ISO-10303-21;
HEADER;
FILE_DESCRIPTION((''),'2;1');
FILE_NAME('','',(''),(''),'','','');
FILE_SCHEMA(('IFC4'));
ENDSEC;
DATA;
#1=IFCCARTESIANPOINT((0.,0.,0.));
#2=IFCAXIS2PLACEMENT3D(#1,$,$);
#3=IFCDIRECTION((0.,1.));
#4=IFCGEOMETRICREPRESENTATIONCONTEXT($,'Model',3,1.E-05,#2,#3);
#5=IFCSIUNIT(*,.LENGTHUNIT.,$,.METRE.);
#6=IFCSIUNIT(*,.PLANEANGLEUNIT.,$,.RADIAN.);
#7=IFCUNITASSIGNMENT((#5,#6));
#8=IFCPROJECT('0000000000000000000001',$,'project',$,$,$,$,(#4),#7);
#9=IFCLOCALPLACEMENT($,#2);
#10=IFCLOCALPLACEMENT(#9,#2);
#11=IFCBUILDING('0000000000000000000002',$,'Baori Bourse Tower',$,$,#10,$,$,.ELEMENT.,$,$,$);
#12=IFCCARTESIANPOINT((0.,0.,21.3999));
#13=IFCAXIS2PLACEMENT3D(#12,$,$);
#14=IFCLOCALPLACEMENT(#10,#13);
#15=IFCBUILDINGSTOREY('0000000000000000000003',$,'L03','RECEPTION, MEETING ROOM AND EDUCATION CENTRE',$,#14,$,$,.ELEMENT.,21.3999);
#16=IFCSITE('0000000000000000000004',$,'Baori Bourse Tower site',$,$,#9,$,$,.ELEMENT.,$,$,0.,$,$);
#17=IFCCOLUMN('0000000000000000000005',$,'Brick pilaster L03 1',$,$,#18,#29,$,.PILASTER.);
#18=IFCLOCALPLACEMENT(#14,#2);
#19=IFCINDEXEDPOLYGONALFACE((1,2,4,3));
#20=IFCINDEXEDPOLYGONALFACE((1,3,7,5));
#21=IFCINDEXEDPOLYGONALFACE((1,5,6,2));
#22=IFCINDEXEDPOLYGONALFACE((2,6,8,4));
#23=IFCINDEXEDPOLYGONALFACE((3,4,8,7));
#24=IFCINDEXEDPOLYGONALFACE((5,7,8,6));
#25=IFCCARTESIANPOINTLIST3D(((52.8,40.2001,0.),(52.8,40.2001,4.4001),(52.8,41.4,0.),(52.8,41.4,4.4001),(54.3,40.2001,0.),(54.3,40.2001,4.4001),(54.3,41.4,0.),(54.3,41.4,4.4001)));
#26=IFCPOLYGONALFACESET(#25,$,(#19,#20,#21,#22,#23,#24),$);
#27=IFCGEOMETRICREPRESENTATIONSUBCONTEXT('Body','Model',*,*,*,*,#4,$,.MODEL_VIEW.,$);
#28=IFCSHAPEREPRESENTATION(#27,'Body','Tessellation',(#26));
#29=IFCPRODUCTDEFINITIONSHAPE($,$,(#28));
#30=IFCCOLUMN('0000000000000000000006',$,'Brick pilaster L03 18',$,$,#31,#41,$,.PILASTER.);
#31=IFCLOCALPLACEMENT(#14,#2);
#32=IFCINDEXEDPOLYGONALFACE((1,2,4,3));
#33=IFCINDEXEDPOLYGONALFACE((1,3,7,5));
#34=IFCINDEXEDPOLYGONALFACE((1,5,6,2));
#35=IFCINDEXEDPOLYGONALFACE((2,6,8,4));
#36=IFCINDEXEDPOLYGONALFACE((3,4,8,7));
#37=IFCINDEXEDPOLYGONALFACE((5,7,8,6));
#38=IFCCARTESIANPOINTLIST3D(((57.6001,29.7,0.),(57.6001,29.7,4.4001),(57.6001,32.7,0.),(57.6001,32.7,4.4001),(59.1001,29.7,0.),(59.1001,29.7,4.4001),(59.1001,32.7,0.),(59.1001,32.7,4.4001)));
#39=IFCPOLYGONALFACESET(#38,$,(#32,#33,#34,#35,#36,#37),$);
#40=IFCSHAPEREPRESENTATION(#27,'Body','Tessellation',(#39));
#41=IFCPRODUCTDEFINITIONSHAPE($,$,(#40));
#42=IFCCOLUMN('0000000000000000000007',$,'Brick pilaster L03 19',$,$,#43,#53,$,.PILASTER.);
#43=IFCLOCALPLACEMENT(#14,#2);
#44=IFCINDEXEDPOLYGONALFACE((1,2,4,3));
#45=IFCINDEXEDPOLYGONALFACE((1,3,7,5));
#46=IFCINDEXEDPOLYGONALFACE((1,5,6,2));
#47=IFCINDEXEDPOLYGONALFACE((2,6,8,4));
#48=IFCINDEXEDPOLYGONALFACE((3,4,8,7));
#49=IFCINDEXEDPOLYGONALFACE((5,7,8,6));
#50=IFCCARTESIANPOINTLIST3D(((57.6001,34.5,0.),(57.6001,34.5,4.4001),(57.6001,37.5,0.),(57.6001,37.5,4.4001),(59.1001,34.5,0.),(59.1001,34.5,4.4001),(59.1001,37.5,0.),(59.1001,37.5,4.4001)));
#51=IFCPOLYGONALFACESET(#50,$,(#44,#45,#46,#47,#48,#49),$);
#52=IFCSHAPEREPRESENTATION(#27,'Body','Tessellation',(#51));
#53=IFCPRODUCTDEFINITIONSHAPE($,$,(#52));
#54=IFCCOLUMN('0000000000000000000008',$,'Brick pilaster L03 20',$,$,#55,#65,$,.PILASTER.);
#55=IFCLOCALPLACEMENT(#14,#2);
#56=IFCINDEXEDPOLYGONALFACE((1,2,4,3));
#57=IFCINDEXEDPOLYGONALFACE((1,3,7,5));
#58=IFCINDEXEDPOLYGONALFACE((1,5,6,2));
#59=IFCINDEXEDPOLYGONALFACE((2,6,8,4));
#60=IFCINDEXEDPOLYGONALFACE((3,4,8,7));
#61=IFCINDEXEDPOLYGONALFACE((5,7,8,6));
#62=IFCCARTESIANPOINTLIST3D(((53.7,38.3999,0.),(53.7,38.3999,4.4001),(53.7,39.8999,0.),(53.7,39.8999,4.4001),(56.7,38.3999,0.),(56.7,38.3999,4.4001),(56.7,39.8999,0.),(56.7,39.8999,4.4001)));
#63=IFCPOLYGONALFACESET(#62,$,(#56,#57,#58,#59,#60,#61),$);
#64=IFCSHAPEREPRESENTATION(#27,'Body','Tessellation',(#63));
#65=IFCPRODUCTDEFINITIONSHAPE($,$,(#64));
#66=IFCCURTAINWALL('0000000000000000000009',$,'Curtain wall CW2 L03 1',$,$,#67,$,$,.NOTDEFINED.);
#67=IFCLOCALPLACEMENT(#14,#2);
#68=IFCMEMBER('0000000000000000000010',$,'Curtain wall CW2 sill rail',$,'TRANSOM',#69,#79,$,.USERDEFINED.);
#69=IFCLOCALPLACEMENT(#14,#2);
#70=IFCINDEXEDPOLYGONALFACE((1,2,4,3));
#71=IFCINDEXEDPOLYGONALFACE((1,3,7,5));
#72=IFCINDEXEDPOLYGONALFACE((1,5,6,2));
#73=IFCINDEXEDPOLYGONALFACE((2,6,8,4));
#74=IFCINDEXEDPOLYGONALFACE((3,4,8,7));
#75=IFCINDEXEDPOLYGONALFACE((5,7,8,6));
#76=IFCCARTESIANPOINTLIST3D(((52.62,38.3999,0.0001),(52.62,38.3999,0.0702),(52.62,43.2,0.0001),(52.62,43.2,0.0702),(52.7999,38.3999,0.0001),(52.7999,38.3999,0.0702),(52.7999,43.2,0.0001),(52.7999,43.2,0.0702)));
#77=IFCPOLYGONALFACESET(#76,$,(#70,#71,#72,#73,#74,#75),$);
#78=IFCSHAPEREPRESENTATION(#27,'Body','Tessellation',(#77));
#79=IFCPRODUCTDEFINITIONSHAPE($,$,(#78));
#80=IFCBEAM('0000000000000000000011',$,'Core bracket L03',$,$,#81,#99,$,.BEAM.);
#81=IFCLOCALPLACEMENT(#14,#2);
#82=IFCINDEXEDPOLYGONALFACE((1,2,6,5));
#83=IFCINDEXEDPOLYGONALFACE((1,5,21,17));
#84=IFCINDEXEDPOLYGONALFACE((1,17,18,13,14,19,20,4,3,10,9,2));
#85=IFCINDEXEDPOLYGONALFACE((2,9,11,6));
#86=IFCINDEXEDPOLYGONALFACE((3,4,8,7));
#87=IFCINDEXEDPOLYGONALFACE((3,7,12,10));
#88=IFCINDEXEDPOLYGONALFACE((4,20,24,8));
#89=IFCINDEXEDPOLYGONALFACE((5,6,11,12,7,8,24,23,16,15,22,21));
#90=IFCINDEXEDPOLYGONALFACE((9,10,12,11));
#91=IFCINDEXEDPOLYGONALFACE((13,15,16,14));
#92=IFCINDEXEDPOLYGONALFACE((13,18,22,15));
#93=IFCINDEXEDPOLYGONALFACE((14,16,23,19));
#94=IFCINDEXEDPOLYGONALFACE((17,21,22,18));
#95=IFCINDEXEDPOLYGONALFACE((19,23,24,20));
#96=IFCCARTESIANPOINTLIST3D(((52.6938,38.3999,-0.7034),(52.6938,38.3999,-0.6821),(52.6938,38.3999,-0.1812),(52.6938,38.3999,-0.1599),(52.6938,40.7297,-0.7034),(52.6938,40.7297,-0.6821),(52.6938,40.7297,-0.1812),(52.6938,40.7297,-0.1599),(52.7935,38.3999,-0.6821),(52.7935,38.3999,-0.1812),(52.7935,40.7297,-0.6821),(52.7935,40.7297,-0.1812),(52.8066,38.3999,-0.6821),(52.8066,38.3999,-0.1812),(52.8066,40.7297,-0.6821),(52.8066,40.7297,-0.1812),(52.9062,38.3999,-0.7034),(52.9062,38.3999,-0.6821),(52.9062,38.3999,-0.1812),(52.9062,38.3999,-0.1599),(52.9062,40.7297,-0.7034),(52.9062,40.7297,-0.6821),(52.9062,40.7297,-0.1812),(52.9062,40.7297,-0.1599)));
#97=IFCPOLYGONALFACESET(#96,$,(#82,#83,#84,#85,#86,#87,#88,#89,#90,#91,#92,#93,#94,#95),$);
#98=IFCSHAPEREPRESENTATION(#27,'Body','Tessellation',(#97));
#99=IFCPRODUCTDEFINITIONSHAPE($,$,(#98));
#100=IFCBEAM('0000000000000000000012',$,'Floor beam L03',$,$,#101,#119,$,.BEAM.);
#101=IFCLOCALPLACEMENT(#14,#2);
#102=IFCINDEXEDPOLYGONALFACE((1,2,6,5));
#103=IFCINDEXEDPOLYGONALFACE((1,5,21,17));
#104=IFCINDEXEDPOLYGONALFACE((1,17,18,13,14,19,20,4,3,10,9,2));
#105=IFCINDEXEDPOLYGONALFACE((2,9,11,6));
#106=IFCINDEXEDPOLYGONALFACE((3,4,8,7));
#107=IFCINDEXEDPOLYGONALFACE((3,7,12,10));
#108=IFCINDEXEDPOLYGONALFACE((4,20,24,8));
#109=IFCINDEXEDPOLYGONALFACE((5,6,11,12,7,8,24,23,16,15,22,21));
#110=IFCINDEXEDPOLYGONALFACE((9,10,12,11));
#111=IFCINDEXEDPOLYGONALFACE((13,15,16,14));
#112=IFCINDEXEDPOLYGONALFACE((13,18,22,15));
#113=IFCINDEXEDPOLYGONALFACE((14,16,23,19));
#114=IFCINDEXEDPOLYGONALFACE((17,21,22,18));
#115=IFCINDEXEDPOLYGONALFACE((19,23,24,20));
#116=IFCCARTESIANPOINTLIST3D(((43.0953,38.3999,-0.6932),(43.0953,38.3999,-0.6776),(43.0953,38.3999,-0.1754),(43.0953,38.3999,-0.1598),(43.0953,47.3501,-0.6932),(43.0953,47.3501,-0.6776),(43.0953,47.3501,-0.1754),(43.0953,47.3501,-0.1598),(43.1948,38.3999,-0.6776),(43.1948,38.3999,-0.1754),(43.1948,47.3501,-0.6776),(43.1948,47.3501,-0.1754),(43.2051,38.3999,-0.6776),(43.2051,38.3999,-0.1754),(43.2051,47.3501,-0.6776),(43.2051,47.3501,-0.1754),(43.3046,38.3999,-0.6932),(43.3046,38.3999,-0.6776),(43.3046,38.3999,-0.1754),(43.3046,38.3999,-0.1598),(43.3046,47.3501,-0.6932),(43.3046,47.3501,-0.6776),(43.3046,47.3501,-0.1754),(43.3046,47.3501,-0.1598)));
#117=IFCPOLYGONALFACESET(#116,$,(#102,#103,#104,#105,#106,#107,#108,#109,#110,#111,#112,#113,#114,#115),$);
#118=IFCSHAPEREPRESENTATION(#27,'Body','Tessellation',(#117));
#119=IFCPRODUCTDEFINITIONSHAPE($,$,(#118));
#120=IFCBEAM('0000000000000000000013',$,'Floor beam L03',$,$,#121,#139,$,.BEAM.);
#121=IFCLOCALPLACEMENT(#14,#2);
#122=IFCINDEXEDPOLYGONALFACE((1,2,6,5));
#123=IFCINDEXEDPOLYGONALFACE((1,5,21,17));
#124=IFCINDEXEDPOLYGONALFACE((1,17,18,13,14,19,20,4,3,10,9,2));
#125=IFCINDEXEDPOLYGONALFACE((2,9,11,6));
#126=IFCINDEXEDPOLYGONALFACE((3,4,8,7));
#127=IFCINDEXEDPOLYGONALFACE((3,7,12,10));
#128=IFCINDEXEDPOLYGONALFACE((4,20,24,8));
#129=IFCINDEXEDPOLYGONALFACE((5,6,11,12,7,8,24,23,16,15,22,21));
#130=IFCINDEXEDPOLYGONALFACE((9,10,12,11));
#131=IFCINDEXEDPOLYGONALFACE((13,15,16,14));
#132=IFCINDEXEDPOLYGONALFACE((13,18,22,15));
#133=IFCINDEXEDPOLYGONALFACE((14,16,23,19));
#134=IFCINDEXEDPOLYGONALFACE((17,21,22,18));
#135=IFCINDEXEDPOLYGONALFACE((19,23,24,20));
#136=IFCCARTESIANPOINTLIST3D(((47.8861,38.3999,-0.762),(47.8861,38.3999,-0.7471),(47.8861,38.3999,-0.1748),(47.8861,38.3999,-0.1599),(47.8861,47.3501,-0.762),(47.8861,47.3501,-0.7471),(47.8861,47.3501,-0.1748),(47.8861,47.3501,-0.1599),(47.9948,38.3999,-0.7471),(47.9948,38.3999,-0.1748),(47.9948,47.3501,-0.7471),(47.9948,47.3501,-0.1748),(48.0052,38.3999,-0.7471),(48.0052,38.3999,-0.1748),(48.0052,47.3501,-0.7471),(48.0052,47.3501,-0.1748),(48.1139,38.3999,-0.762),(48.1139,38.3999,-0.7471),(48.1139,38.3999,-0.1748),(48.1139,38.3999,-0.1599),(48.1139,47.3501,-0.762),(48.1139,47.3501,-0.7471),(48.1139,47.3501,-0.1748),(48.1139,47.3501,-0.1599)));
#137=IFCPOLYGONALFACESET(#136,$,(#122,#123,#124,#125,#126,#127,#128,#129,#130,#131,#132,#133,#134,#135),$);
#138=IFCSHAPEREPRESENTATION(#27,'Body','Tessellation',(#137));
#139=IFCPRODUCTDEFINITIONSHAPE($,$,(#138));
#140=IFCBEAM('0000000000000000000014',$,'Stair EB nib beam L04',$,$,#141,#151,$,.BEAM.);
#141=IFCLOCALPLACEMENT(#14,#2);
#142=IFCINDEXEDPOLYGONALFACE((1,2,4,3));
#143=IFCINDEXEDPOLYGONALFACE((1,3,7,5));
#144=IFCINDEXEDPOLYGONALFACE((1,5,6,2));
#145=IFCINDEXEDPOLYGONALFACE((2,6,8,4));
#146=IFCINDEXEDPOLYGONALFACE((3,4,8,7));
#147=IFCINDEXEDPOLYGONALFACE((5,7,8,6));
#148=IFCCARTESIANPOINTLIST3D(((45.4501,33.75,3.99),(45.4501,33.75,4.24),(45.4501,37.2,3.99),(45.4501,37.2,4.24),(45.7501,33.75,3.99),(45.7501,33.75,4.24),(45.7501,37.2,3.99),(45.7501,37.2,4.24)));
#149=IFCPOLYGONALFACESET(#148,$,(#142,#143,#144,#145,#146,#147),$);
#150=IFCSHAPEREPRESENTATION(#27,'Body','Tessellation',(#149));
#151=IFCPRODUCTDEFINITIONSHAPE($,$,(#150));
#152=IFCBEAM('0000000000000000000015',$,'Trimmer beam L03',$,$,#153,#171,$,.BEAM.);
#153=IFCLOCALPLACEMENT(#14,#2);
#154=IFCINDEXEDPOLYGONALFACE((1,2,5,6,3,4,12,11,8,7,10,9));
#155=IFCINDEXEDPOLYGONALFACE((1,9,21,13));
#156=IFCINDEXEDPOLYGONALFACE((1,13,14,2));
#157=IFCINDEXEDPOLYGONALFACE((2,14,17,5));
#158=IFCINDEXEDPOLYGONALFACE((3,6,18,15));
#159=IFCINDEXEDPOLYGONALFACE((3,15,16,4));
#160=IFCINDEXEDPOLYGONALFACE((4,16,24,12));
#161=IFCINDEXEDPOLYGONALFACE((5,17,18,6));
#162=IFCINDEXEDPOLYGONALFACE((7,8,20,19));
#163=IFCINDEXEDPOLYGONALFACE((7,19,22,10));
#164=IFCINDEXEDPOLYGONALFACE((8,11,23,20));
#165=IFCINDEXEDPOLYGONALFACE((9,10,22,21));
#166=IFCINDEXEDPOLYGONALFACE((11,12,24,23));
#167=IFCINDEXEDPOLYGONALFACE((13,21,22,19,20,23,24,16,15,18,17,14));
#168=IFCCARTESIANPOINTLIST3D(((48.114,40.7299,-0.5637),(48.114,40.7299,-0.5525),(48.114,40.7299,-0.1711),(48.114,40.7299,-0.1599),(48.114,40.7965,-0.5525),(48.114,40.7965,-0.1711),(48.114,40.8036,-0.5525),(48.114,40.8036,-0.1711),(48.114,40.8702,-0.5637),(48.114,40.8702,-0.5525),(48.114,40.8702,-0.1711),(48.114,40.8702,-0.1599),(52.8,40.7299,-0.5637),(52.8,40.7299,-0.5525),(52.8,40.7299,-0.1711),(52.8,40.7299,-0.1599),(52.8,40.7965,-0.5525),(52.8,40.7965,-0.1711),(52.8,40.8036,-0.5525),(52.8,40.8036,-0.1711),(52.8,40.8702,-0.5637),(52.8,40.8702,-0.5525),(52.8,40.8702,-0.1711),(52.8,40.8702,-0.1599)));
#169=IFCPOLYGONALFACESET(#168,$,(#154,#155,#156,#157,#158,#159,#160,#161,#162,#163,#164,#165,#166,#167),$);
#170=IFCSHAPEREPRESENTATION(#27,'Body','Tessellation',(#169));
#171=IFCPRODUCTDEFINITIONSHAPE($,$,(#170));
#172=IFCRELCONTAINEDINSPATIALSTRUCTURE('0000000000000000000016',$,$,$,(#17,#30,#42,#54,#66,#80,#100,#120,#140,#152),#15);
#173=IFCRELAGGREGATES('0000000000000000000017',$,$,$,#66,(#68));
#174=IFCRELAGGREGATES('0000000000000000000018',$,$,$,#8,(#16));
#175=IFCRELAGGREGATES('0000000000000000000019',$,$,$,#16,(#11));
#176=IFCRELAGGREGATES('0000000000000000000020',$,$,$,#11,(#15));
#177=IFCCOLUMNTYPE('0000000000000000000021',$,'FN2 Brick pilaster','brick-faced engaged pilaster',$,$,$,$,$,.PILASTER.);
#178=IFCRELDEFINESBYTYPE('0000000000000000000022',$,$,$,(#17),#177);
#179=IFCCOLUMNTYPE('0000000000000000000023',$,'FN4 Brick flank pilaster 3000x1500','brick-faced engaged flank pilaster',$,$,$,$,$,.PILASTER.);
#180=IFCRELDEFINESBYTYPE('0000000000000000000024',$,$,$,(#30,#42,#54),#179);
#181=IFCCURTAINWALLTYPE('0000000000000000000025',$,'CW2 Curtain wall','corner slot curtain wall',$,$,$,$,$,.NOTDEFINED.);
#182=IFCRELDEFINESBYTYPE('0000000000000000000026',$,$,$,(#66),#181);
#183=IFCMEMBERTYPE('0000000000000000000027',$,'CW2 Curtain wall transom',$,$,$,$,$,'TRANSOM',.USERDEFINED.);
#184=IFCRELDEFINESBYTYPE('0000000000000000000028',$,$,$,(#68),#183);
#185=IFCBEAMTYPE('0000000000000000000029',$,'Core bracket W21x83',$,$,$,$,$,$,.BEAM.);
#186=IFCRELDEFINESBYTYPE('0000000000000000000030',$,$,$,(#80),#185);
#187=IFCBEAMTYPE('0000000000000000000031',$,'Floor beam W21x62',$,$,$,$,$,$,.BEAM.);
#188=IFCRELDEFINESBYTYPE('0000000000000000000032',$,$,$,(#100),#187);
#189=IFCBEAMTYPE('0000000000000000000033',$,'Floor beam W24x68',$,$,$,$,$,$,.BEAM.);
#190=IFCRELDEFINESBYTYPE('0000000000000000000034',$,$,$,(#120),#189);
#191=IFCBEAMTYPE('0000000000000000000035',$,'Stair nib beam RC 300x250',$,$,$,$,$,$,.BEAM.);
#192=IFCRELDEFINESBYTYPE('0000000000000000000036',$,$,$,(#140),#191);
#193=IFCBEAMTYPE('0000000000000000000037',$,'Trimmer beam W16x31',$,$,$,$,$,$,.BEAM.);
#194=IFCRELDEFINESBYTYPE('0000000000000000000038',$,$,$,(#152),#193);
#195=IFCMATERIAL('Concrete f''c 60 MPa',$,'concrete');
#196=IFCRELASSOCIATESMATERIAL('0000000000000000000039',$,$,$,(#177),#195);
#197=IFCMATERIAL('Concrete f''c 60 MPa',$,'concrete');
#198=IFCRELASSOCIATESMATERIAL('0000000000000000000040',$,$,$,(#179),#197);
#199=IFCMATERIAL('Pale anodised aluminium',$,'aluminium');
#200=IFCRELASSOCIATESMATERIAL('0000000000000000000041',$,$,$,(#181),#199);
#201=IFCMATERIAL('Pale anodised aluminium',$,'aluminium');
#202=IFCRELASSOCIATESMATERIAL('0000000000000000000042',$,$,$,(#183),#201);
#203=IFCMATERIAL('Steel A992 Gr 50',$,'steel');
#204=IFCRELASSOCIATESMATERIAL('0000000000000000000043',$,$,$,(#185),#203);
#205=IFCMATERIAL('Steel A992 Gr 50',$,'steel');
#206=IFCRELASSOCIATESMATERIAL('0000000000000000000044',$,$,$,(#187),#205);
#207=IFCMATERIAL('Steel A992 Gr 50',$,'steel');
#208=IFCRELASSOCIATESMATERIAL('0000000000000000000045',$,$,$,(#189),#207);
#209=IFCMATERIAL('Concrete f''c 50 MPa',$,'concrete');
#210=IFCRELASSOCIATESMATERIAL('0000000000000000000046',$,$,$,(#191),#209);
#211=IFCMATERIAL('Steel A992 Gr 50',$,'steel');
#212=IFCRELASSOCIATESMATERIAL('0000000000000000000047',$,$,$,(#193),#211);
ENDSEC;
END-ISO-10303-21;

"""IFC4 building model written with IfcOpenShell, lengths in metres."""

from ifc_helpers import new_model, si_unit, direction, frame, origin, origin_2d, place, context, subcontext, project, spatial, rectangle, i_section, extrude, material, material_profile, profile_set, type_object, element, aggregate, save


model = new_model("IFC4")

# Units and contexts
model_context = context("Model", 3, precision=1e-05, world=origin(), true_north=direction((0.0, 1.0)))
body_context = subcontext(model_context, "Body", "Model", "MODEL_VIEW")
ifc_project = project(units=[si_unit("LENGTHUNIT", "METRE"), si_unit("PLANEANGLEUNIT", "RADIAN")], contexts=[model_context])

# Site, building, storey
site_placement = place(None, origin())
site = spatial("IfcSite", under=ifc_project, at=site_placement, Name="Baori Bourse Tower site", CompositionType="ELEMENT", RefElevation=0.0)
building_placement = place(site_placement, origin())
building = spatial("IfcBuilding", under=site, at=building_placement, Name="Baori Bourse Tower", CompositionType="ELEMENT")
storey_placement = place(building_placement, frame((0.0, 0.0, 21.3999)))
storey = spatial("IfcBuildingStorey", under=building, at=storey_placement, Name="L03", Description="RECEPTION, MEETING ROOM AND EDUCATION CENTRE", CompositionType="ELEMENT", Elevation=21.3999)

# Columns
ifc_material_1 = material(Name="Concrete f'c 60 MPa", Category="concrete")
ifc_material_profile_1 = material_profile(ifc_material_1, rectangle(XDim=1.2, YDim=1.5, at=origin_2d()), Name="RC 1200x1500")
ifc_profile_set_1 = profile_set([ifc_material_profile_1], Name="Concrete f'c 60 MPa")
column_type_1 = type_object("IfcColumnType", Name="FN2 Brick pilaster", Description="brick-faced engaged pilaster", PredefinedType="PILASTER", material=ifc_profile_set_1)
column_placement = place(storey_placement, frame((53.55, 40.8, 0.0), z_axis=(0.0, 0.0, 1.0), x_axis=(0.0, 1.0, 0.0)))
element("IfcColumn", 1, at=column_placement, inside=storey, type_object=column_type_1, Name="Brick pilaster L03 1", PredefinedType="PILASTER", context=body_context, shape_type="SweptSolid", body=[
    extrude(rectangle(XDim=1.2, YDim=1.5, at=origin_2d()), origin(), (0.0, 0.0, 1.0), 4.4001),
])
ifc_material_2 = material(Name="Concrete f'c 60 MPa", Category="concrete")
ifc_material_profile_2 = material_profile(ifc_material_2, rectangle(XDim=3.0, YDim=1.5, at=origin_2d()), Name="RC 3000x1500")
ifc_profile_set_2 = profile_set([ifc_material_profile_2], Name="Concrete f'c 60 MPa")
column_type_2 = type_object("IfcColumnType", Name="FN4 Brick flank pilaster 3000x1500", Description="brick-faced engaged flank pilaster", PredefinedType="PILASTER", material=ifc_profile_set_2)
for number, where, z_axis, x_axis, name in (
    (2, (58.3501, 31.2, 0.0), (0.0, 0.0, 1.0), (0.0, 1.0, 0.0), "Brick pilaster L03 18"),
    (3, (58.3501, 36.0, 0.0), (0.0, 0.0, 1.0), (0.0, 1.0, 0.0), "Brick pilaster L03 19"),
    (4, (55.2, 39.1499, 0.0), (0.0, 0.0, 1.0), (1.0, 0.0, 0.0), "Brick pilaster L03 20"),
):
    element("IfcColumn", number, at=place(storey_placement, frame(where, z_axis=z_axis, x_axis=x_axis)), inside=storey, type_object=column_type_2, Name=name, PredefinedType="PILASTER", context=body_context, shape_type="SweptSolid", body=[
        extrude(rectangle(XDim=3.0, YDim=1.5, at=origin_2d()), origin(), (0.0, 0.0, 1.0), 4.4001),
    ])

# Curtain wall, member
ifc_material_3 = material(Name="Pale anodised aluminium", Category="aluminium")
curtain_wall_type = type_object("IfcCurtainWallType", Name="CW2 Curtain wall", Description="corner slot curtain wall", PredefinedType="NOTDEFINED", material=ifc_material_3)
curtain_wall_placement = place(storey_placement, origin())
curtain_wall = element("IfcCurtainWall", 5, at=curtain_wall_placement, inside=storey, type_object=curtain_wall_type, Name="Curtain wall CW2 L03 1", PredefinedType="NOTDEFINED")
ifc_material_4 = material(Name="Pale anodised aluminium", Category="aluminium")
ifc_material_profile_3 = material_profile(ifc_material_4, rectangle(XDim=0.1799, YDim=0.0701, at=origin_2d()), Name="Transom 70x180")
ifc_profile_set_3 = profile_set([ifc_material_profile_3], Name="Pale anodised aluminium")
member_type = type_object("IfcMemberType", Name="CW2 Curtain wall transom", ElementType="TRANSOM", PredefinedType="USERDEFINED", material=ifc_profile_set_3)
member_placement = place(storey_placement, frame((52.71, 38.3999, 0.0352), z_axis=(0.0, 1.0, 0.0), x_axis=(-1.0, 0.0, 0.0)))
member = element("IfcMember", 6, at=member_placement, type_object=member_type, Name="Curtain wall CW2 sill rail", ObjectType="TRANSOM", PredefinedType="USERDEFINED", context=body_context, shape_type="SweptSolid", body=[
    extrude(rectangle(XDim=0.1799, YDim=0.0701, at=origin_2d()), origin(), (0.0, 0.0, 1.0), 4.8),
])

# Beams
ifc_material_5 = material(Name="Steel A992 Gr 50", Category="steel")
ifc_material_profile_4 = material_profile(ifc_material_5, i_section(OverallWidth=0.2124, OverallDepth=0.5435, WebThickness=0.0132, FlangeThickness=0.0212, at=origin_2d()), Name="W21x83")
ifc_profile_set_4 = profile_set([ifc_material_profile_4], Name="Steel A992 Gr 50")
beam_type_1 = type_object("IfcBeamType", Name="Core bracket W21x83", PredefinedType="BEAM", material=ifc_profile_set_4)
beam_1_placement = place(storey_placement, frame((52.8, 38.3999, -0.4316), z_axis=(0.0, 1.0, 0.0), x_axis=(-1.0, 0.0, 0.0)))
element("IfcBeam", 7, at=beam_1_placement, inside=storey, type_object=beam_type_1, Name="Core bracket L03", PredefinedType="BEAM", context=body_context, shape_type="SweptSolid", body=[
    extrude(i_section(OverallWidth=0.2124, OverallDepth=0.5435, WebThickness=0.0132, FlangeThickness=0.0212, at=origin_2d()), origin(), (0.0, 0.0, 1.0), 2.3298),
])
ifc_material_6 = material(Name="Steel A992 Gr 50", Category="steel")
ifc_material_profile_5 = material_profile(ifc_material_6, i_section(OverallWidth=0.2092, OverallDepth=0.5334, WebThickness=0.0103, FlangeThickness=0.0156, at=origin_2d()), Name="W21x62")
ifc_profile_set_5 = profile_set([ifc_material_profile_5], Name="Steel A992 Gr 50")
beam_type_2 = type_object("IfcBeamType", Name="Floor beam W21x62", PredefinedType="BEAM", material=ifc_profile_set_5)
beam_2_placement = place(storey_placement, frame((43.2, 38.3999, -0.4265), z_axis=(0.0, 1.0, 0.0), x_axis=(-1.0, 0.0, 0.0)))
element("IfcBeam", 8, at=beam_2_placement, inside=storey, type_object=beam_type_2, Name="Floor beam L03", PredefinedType="BEAM", context=body_context, shape_type="SweptSolid", body=[
    extrude(i_section(OverallWidth=0.2092, OverallDepth=0.5334, WebThickness=0.0103, FlangeThickness=0.0156, at=origin_2d()), origin(), (0.0, 0.0, 1.0), 8.9502),
])
ifc_material_7 = material(Name="Steel A992 Gr 50", Category="steel")
ifc_material_profile_6 = material_profile(ifc_material_7, i_section(OverallWidth=0.2278, OverallDepth=0.6021, WebThickness=0.0105, FlangeThickness=0.0149, at=origin_2d()), Name="W24x68")
ifc_profile_set_6 = profile_set([ifc_material_profile_6], Name="Steel A992 Gr 50")
beam_type_3 = type_object("IfcBeamType", Name="Floor beam W24x68", PredefinedType="BEAM", material=ifc_profile_set_6)
beam_3_placement = place(storey_placement, frame((48.0, 38.3999, -0.4609), z_axis=(0.0, 1.0, 0.0), x_axis=(-1.0, 0.0, 0.0)))
element("IfcBeam", 9, at=beam_3_placement, inside=storey, type_object=beam_type_3, Name="Floor beam L03", PredefinedType="BEAM", context=body_context, shape_type="SweptSolid", body=[
    extrude(i_section(OverallWidth=0.2278, OverallDepth=0.6021, WebThickness=0.0105, FlangeThickness=0.0149, at=origin_2d()), origin(), (0.0, 0.0, 1.0), 8.9502),
])
ifc_material_8 = material(Name="Concrete f'c 50 MPa", Category="concrete")
ifc_material_profile_7 = material_profile(ifc_material_8, rectangle(XDim=0.3, YDim=0.25, at=origin_2d()), Name="RC 300x250")
ifc_profile_set_7 = profile_set([ifc_material_profile_7], Name="Concrete f'c 50 MPa")
beam_type_4 = type_object("IfcBeamType", Name="Stair nib beam RC 300x250", PredefinedType="BEAM", material=ifc_profile_set_7)
beam_4_placement = place(storey_placement, frame((45.6001, 33.75, 4.115), z_axis=(0.0, 1.0, 0.0), x_axis=(-1.0, 0.0, 0.0)))
element("IfcBeam", 10, at=beam_4_placement, inside=storey, type_object=beam_type_4, Name="Stair EB nib beam L04", PredefinedType="BEAM", context=body_context, shape_type="SweptSolid", body=[
    extrude(rectangle(XDim=0.3, YDim=0.25, at=origin_2d()), origin(), (0.0, 0.0, 1.0), 3.45),
])
ifc_material_9 = material(Name="Steel A992 Gr 50", Category="steel")
ifc_material_profile_8 = material_profile(ifc_material_9, i_section(OverallWidth=0.1404, OverallDepth=0.4038, WebThickness=0.0071, FlangeThickness=0.0112, at=origin_2d()), Name="W16x31")
ifc_profile_set_8 = profile_set([ifc_material_profile_8], Name="Steel A992 Gr 50")
beam_type_5 = type_object("IfcBeamType", Name="Trimmer beam W16x31", PredefinedType="BEAM", material=ifc_profile_set_8)
beam_5_placement = place(storey_placement, frame((48.114, 40.8, -0.3618), z_axis=(1.0, 0.0, 0.0), x_axis=(0.0, 1.0, 0.0)))
element("IfcBeam", 11, at=beam_5_placement, inside=storey, type_object=beam_type_5, Name="Trimmer beam L03", PredefinedType="BEAM", context=body_context, shape_type="SweptSolid", body=[
    extrude(i_section(OverallWidth=0.1404, OverallDepth=0.4038, WebThickness=0.0071, FlangeThickness=0.0112, at=origin_2d()), origin(), (0.0, 0.0, 1.0), 4.686),
])

aggregate(curtain_wall, [member])

save(model, "model.ifc")
